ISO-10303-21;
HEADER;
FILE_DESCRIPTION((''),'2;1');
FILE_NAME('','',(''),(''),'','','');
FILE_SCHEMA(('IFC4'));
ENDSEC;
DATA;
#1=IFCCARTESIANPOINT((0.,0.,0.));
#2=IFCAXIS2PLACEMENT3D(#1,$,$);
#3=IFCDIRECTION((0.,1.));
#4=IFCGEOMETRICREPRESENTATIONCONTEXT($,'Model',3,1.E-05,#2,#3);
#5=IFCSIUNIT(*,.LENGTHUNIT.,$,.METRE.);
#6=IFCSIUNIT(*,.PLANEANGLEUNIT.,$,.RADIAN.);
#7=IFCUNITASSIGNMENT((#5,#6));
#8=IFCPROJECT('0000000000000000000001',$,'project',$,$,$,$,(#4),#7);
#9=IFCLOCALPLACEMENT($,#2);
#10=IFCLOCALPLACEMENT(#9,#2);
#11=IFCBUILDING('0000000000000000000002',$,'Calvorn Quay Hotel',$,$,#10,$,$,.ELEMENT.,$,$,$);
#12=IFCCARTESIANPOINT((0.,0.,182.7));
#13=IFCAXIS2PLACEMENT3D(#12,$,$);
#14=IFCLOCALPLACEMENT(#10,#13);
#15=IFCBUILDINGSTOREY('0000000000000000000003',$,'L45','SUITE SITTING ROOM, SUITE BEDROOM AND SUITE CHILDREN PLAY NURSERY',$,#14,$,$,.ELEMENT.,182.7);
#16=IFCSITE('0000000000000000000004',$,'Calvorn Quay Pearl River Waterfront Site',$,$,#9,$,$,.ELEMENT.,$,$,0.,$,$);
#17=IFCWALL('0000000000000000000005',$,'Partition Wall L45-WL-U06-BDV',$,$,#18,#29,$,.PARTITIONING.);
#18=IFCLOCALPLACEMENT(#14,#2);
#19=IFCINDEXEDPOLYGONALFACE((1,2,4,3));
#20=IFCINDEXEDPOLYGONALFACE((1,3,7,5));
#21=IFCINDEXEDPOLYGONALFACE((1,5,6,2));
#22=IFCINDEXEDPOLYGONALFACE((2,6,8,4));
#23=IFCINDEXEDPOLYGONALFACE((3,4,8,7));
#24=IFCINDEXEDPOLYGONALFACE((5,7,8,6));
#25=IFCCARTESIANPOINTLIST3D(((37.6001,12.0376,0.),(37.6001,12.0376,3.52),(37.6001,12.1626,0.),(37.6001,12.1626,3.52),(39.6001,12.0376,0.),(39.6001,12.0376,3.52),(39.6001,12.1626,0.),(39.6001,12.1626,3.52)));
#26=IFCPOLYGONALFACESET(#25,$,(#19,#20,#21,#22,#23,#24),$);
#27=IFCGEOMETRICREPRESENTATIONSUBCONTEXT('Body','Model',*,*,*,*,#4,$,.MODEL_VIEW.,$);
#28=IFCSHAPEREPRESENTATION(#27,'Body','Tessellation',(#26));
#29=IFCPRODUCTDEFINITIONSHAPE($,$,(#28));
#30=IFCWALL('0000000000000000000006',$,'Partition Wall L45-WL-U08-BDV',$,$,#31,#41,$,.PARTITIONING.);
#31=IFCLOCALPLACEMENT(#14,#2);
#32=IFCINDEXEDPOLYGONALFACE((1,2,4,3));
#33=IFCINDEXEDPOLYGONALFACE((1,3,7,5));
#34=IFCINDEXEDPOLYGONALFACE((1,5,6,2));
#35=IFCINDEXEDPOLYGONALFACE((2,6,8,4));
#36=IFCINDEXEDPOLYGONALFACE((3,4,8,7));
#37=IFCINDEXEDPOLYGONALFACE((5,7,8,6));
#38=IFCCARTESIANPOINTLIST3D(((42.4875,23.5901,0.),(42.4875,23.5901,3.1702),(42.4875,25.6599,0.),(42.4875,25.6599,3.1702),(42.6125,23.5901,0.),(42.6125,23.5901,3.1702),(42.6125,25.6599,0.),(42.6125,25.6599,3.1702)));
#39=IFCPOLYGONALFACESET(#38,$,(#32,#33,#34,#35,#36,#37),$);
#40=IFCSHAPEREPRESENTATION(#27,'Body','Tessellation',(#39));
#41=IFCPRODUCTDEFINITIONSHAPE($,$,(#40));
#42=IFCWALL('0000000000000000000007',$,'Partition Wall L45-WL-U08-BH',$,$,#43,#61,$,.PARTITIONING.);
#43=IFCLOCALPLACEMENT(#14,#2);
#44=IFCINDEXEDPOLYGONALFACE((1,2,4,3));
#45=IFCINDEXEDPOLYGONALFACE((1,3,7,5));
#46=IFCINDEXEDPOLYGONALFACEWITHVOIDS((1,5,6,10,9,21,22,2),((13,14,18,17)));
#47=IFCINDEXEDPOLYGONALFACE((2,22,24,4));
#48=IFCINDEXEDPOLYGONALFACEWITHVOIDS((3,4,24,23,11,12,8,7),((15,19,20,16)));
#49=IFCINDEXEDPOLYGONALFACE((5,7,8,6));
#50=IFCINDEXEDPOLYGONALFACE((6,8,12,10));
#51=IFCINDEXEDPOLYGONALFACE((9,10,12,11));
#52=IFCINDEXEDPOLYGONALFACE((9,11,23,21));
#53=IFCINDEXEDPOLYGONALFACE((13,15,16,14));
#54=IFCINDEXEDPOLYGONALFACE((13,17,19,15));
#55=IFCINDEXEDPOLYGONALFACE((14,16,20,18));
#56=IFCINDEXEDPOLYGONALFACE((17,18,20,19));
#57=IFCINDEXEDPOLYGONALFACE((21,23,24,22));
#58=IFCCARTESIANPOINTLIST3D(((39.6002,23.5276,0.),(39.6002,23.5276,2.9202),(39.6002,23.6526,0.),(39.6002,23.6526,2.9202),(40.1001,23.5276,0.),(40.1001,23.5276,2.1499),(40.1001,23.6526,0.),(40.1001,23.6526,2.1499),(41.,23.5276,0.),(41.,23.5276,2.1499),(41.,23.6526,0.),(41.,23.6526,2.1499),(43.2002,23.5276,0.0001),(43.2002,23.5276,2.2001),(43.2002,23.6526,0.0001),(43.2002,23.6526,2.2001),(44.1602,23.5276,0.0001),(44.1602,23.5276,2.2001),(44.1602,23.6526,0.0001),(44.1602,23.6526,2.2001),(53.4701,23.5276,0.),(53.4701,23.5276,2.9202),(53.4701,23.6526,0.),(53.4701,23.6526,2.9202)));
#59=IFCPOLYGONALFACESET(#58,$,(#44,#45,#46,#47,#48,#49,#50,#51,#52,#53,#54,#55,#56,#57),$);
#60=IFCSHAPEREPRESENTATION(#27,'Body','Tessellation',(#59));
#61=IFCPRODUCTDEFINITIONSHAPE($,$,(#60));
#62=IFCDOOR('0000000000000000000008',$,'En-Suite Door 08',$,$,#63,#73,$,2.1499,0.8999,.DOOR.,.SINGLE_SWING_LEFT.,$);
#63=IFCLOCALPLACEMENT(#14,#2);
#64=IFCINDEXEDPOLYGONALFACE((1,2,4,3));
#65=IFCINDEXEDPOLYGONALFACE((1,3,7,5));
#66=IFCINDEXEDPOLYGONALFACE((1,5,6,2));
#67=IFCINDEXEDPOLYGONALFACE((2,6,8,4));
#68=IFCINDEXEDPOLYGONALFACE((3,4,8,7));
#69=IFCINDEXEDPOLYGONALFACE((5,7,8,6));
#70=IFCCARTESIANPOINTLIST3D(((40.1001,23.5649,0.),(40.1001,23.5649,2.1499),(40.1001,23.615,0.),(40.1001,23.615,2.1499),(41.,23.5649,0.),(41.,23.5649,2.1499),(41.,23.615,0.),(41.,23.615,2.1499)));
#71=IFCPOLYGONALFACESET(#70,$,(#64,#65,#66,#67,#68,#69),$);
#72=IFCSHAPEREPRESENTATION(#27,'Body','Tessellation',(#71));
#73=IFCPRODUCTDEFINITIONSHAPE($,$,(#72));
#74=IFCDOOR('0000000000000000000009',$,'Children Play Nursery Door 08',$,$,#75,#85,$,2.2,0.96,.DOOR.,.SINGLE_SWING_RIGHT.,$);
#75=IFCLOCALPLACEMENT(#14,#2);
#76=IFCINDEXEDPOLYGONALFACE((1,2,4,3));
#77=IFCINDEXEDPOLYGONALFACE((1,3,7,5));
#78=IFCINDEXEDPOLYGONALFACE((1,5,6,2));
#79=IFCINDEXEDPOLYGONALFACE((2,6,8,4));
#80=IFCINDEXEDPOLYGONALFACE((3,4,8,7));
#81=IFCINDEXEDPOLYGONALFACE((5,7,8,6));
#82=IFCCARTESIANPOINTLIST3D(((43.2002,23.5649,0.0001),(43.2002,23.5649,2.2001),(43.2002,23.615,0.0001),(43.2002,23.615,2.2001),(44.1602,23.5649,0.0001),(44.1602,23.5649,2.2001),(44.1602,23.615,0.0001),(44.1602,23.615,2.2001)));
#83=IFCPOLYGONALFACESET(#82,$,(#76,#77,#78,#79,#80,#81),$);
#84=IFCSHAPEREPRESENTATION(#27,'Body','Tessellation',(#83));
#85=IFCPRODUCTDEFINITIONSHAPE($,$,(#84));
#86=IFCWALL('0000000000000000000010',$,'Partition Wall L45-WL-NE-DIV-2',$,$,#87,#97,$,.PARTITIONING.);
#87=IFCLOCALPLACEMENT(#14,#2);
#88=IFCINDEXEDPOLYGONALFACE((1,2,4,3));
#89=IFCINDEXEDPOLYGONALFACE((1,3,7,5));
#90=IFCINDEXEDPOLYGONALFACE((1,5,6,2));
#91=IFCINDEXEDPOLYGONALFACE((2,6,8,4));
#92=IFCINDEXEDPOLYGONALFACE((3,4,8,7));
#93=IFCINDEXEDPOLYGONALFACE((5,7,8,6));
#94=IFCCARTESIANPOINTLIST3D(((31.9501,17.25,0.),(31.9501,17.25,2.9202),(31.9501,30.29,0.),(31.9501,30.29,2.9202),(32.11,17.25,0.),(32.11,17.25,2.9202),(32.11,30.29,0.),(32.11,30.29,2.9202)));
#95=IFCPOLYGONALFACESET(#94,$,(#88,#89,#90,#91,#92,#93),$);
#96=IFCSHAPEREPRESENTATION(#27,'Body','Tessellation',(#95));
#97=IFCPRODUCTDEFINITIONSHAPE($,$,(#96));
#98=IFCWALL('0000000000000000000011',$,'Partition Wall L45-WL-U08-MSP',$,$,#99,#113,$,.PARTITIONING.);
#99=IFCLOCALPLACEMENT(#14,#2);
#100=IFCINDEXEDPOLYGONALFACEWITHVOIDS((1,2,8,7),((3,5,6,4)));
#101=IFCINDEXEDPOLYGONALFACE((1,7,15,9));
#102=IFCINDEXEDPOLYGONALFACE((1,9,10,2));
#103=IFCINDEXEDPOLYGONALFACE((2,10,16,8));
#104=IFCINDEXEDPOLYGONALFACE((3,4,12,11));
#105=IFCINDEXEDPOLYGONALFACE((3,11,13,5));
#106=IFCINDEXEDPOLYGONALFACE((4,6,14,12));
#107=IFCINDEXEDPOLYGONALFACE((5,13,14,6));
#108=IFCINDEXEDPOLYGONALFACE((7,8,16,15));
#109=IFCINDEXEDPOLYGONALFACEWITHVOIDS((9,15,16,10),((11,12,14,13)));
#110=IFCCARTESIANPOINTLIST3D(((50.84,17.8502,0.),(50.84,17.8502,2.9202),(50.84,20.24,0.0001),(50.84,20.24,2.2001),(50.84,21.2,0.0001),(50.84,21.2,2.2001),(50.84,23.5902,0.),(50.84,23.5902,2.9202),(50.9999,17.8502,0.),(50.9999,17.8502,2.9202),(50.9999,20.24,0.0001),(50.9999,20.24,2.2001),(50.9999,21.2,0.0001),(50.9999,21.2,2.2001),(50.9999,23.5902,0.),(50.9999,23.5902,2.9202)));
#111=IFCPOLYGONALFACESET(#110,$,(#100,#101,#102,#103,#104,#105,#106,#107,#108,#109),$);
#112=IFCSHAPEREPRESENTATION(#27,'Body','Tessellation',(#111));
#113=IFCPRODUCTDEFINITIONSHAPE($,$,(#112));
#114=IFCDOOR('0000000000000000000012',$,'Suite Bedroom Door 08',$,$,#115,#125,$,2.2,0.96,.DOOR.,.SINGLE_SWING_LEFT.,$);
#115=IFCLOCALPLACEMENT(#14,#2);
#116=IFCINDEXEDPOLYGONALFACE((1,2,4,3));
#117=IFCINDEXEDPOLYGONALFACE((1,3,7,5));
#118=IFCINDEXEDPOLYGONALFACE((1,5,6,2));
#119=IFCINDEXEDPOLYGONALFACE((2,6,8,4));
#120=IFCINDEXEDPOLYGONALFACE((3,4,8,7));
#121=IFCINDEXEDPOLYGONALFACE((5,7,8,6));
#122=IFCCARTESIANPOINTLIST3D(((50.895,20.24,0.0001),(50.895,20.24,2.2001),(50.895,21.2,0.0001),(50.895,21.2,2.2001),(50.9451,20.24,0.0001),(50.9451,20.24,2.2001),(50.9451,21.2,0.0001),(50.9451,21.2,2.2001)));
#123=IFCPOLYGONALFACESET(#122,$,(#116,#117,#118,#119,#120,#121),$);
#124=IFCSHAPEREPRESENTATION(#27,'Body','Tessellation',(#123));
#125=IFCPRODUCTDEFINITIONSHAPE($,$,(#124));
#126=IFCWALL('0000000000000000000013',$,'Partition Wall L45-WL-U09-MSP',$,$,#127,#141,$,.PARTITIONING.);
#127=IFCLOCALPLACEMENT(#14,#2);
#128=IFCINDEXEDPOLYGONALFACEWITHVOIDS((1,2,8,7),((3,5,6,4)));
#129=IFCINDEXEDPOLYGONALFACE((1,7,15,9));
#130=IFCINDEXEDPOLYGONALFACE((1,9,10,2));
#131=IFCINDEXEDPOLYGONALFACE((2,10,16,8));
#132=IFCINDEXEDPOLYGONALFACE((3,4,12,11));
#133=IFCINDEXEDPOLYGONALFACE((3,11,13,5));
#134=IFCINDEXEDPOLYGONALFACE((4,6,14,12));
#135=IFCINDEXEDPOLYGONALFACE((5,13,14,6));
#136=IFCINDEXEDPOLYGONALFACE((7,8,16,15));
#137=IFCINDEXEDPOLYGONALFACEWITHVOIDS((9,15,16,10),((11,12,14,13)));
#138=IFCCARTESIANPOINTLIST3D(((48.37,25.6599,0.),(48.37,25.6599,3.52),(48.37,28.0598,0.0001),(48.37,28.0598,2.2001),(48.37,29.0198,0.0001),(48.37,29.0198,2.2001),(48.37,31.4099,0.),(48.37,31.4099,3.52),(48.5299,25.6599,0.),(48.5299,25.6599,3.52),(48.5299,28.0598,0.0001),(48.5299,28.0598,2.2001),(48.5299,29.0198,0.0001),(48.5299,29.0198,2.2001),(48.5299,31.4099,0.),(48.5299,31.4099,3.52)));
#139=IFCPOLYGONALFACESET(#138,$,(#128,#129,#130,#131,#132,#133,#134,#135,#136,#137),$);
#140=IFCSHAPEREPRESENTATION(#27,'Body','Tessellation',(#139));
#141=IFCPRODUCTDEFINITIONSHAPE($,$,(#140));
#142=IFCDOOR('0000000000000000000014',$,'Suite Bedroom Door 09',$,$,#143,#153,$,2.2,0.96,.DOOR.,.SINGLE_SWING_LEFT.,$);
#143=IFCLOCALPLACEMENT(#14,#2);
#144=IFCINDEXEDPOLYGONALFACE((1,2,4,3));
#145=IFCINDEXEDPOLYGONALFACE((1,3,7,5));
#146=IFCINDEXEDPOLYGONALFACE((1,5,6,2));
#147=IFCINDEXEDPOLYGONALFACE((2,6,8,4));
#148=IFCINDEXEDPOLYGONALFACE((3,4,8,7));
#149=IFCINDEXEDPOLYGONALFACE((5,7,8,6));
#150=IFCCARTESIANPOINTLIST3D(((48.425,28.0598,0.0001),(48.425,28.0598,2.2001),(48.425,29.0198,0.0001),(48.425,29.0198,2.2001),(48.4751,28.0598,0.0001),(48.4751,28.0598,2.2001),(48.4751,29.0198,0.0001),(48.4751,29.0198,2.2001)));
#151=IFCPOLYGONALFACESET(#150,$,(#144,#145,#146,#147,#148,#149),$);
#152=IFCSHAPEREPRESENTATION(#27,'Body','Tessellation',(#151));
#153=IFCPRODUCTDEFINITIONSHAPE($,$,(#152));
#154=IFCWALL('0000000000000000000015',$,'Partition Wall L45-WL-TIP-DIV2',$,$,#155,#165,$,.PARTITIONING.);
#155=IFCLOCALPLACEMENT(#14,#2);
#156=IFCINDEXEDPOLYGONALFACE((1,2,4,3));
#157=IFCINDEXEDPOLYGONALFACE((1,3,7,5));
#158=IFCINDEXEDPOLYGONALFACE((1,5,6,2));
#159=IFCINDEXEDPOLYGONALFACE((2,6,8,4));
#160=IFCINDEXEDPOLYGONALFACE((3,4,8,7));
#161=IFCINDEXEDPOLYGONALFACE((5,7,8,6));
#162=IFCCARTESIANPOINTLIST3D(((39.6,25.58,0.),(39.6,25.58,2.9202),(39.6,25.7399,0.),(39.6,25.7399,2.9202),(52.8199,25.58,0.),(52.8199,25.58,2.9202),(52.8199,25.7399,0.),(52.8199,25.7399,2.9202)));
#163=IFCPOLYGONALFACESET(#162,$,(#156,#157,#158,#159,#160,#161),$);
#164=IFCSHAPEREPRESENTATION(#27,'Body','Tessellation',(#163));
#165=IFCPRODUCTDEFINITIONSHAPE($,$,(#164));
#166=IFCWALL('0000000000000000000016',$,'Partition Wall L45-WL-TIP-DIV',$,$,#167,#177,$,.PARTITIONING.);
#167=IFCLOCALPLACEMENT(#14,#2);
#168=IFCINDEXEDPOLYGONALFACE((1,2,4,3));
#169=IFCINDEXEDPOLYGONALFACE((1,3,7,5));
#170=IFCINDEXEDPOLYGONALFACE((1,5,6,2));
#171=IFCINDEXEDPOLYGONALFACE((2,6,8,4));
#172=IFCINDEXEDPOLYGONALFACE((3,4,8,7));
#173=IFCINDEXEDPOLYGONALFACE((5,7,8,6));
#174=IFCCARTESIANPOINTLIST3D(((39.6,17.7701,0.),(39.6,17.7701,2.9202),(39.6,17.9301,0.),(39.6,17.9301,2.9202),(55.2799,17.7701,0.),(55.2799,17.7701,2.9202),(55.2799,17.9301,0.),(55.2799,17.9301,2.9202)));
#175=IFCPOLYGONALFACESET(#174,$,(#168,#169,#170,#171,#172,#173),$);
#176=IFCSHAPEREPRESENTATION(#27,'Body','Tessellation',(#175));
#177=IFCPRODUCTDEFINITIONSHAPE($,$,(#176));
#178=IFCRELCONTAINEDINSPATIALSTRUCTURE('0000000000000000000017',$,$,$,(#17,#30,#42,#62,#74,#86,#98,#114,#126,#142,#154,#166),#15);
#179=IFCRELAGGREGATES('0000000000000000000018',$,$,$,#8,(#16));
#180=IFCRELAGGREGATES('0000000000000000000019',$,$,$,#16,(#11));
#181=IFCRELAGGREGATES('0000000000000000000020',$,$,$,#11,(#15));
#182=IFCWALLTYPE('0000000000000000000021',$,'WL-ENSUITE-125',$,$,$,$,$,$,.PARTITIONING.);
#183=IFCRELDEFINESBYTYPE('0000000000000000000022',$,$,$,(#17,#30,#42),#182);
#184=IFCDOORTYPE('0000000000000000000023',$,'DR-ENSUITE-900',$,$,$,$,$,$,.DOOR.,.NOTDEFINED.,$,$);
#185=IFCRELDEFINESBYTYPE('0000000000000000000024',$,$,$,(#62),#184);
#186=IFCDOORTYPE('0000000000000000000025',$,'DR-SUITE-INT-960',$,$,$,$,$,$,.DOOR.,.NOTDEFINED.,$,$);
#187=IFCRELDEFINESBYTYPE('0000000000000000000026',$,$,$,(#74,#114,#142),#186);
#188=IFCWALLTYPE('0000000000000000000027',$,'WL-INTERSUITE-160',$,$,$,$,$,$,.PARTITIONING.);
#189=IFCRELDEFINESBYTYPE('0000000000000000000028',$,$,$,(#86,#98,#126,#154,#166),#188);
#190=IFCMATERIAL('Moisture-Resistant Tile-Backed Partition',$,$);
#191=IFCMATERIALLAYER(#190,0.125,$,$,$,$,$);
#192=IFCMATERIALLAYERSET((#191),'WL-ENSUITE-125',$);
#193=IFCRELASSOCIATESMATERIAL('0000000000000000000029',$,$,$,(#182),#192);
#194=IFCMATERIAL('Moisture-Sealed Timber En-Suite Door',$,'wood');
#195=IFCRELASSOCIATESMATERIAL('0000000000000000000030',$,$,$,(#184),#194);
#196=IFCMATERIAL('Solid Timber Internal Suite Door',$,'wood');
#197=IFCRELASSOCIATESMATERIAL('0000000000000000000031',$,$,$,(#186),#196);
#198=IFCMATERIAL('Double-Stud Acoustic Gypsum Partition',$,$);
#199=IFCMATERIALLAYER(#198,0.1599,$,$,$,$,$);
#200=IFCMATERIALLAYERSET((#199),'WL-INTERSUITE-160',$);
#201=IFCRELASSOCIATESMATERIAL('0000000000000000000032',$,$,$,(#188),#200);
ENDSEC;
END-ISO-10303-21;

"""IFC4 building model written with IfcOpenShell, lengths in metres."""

from ifc_helpers import new_model, si_unit, direction, frame, frame_2d, origin, place, context, subcontext, project, spatial, rectangle, extrude, material, layer, layer_set, type_object, element, fill, save


model = new_model("IFC4")

# Units and contexts
model_context = context("Model", 3, precision=1e-05, world=origin(), true_north=direction((0.0, 1.0)))
body_context = subcontext(model_context, "Body", "Model", "MODEL_VIEW")
ifc_project = project(units=[si_unit("LENGTHUNIT", "METRE"), si_unit("PLANEANGLEUNIT", "RADIAN")], contexts=[model_context])

# Site, building, storey
site_placement = place(None, origin())
site = spatial("IfcSite", under=ifc_project, at=site_placement, Name="Calvorn Quay Pearl River Waterfront Site", CompositionType="ELEMENT", RefElevation=0.0)
building_placement = place(site_placement, origin())
building = spatial("IfcBuilding", under=site, at=building_placement, Name="Calvorn Quay Hotel", CompositionType="ELEMENT")
storey_placement = place(building_placement, frame((0.0, 0.0, 182.7)))
storey = spatial("IfcBuildingStorey", under=building, at=storey_placement, Name="L45", Description="SUITE SITTING ROOM, SUITE BEDROOM AND SUITE CHILDREN PLAY NURSERY", CompositionType="ELEMENT", Elevation=182.7)

# Walls
ifc_material_1 = material(Name="Moisture-Resistant Tile-Backed Partition")
ifc_layer_1 = layer(ifc_material_1, 0.125)
ifc_layer_set_1 = layer_set([ifc_layer_1], Name="WL-ENSUITE-125")
wall_type_1 = type_object("IfcWallType", Name="WL-ENSUITE-125", PredefinedType="PARTITIONING", material=ifc_layer_set_1)
wall_1_placement = place(storey_placement, frame((37.6001, 12.1001, 0.0), z_axis=(0.0, 0.0, 1.0), x_axis=(1.0, 0.0, 0.0)))
element("IfcWall", 1, at=wall_1_placement, inside=storey, type_object=wall_type_1, Name="Partition Wall L45-WL-U06-BDV", PredefinedType="PARTITIONING", context=body_context, shape_type="SweptSolid", body=[
    extrude(rectangle(XDim=2.0, YDim=0.125, at=frame_2d((1.0, 0.0))), origin(), (0.0, 0.0, 1.0), 3.52),
])
wall_2_placement = place(storey_placement, frame((42.55, 23.5901, 0.0), z_axis=(0.0, 0.0, 1.0), x_axis=(0.0, 1.0, 0.0)))
element("IfcWall", 2, at=wall_2_placement, inside=storey, type_object=wall_type_1, Name="Partition Wall L45-WL-U08-BDV", PredefinedType="PARTITIONING", context=body_context, shape_type="SweptSolid", body=[
    extrude(rectangle(XDim=2.0698, YDim=0.125, at=frame_2d((1.0349, 0.0))), origin(), (0.0, 0.0, 1.0), 3.1702),
])

# Wall, openings, doors
wall_3_placement = place(storey_placement, frame((39.6001, 23.5901, 0.0), z_axis=(0.0, 0.0, 1.0), x_axis=(1.0, 0.0, 0.0)))
wall_3 = element("IfcWall", 3, at=wall_3_placement, inside=storey, type_object=wall_type_1, Name="Partition Wall L45-WL-U08-BH", PredefinedType="PARTITIONING", context=body_context, shape_type="SweptSolid", body=[
    extrude(rectangle(XDim=13.8699, YDim=0.125, at=frame_2d((6.9351, 0.0))), origin(), (0.0, 0.0, 1.0), 2.9202),
])
opening_1_placement = place(wall_3_placement, frame((0.5, 0.0, 0.0)))
opening_1 = element("IfcOpeningElement", 4, at=opening_1_placement, cuts=wall_3, PredefinedType="OPENING", context=body_context, shape_type="SweptSolid", body=[
    extrude(rectangle(XDim=0.8999, YDim=2.1499, at=frame_2d((0.45, 1.075))), frame((0.0, 0.0725, 0.0), z_axis=(0.0, -1.0, 0.0), x_axis=(1.0, 0.0, 0.0)), (0.0, 0.0, 1.0), 0.145),
])
opening_2_placement = place(wall_3_placement, frame((3.6001, 0.0, 0.0)))
opening_2 = element("IfcOpeningElement", 5, at=opening_2_placement, cuts=wall_3, PredefinedType="OPENING", context=body_context, shape_type="SweptSolid", body=[
    extrude(rectangle(XDim=0.96, YDim=2.2, at=frame_2d((0.48, 1.1001))), frame((0.0, 0.0725, 0.0), z_axis=(0.0, -1.0, 0.0), x_axis=(1.0, 0.0, 0.0)), (0.0, 0.0, 1.0), 0.145),
])
ifc_material_2 = material(Name="Moisture-Sealed Timber En-Suite Door", Category="wood")
door_type_1 = type_object("IfcDoorType", Name="DR-ENSUITE-900", OperationType="NOTDEFINED", PredefinedType="DOOR", material=ifc_material_2)
door_1_placement = place(opening_1_placement, origin())
door_1 = element("IfcDoor", 6, at=door_1_placement, inside=storey, type_object=door_type_1, Name="En-Suite Door 08", OperationType="SINGLE_SWING_LEFT", OverallHeight=2.1499, OverallWidth=0.8999, PredefinedType="DOOR", context=body_context, shape_type="SweptSolid", body=[
    extrude(rectangle(XDim=0.8999, YDim=2.1499, at=frame_2d((0.45, 1.075))), frame((0.0, 0.0249, 0.0), z_axis=(0.0, -1.0, 0.0), x_axis=(1.0, 0.0, 0.0)), (0.0, 0.0, 1.0), 0.05),
])
fill(opening_1, door_1)
ifc_material_3 = material(Name="Solid Timber Internal Suite Door", Category="wood")
door_type_2 = type_object("IfcDoorType", Name="DR-SUITE-INT-960", OperationType="NOTDEFINED", PredefinedType="DOOR", material=ifc_material_3)
door_2_placement = place(opening_2_placement, origin())
door_2 = element("IfcDoor", 7, at=door_2_placement, inside=storey, type_object=door_type_2, Name="Children Play Nursery Door 08", OperationType="SINGLE_SWING_RIGHT", OverallHeight=2.2, OverallWidth=0.96, PredefinedType="DOOR", context=body_context, shape_type="SweptSolid", body=[
    extrude(rectangle(XDim=0.96, YDim=2.2, at=frame_2d((0.48, 1.1001))), frame((0.0, 0.0249, 0.0), z_axis=(0.0, -1.0, 0.0), x_axis=(1.0, 0.0, 0.0)), (0.0, 0.0, 1.0), 0.05),
])
fill(opening_2, door_2)

# Wall
ifc_material_4 = material(Name="Double-Stud Acoustic Gypsum Partition")
ifc_layer_2 = layer(ifc_material_4, 0.1599)
ifc_layer_set_2 = layer_set([ifc_layer_2], Name="WL-INTERSUITE-160")
wall_type_2 = type_object("IfcWallType", Name="WL-INTERSUITE-160", PredefinedType="PARTITIONING", material=ifc_layer_set_2)
wall_4_placement = place(storey_placement, frame((32.03, 17.25, 0.0), z_axis=(0.0, 0.0, 1.0), x_axis=(0.0, 1.0, 0.0)))
element("IfcWall", 8, at=wall_4_placement, inside=storey, type_object=wall_type_2, Name="Partition Wall L45-WL-NE-DIV-2", PredefinedType="PARTITIONING", context=body_context, shape_type="SweptSolid", body=[
    extrude(rectangle(XDim=13.04, YDim=0.1599, at=frame_2d((6.52, 0.0))), origin(), (0.0, 0.0, 1.0), 2.9202),
])

# Walls, openings, doors
wall_5_placement = place(storey_placement, frame((50.9199, 17.8501, 0.0), z_axis=(0.0, 0.0, 1.0), x_axis=(0.0, 1.0, 0.0)))
wall_5 = element("IfcWall", 9, at=wall_5_placement, inside=storey, type_object=wall_type_2, Name="Partition Wall L45-WL-U08-MSP", PredefinedType="PARTITIONING", context=body_context, shape_type="SweptSolid", body=[
    extrude(rectangle(XDim=5.74, YDim=0.1599, at=frame_2d((2.8701, 0.0))), origin(), (0.0, 0.0, 1.0), 2.9202),
])
opening_3_placement = place(wall_5_placement, frame((2.3899, 0.0, 0.0)))
opening_3 = element("IfcOpeningElement", 10, at=opening_3_placement, cuts=wall_5, PredefinedType="OPENING", context=body_context, shape_type="SweptSolid", body=[
    extrude(rectangle(XDim=0.96, YDim=2.2, at=frame_2d((0.48, 1.1001))), frame((0.0, 0.0898, 0.0), z_axis=(0.0, -1.0, 0.0), x_axis=(1.0, 0.0, 0.0)), (0.0, 0.0, 1.0), 0.1799),
])
door_3_placement = place(opening_3_placement, origin())
door_3 = element("IfcDoor", 11, at=door_3_placement, inside=storey, type_object=door_type_2, Name="Suite Bedroom Door 08", OperationType="SINGLE_SWING_LEFT", OverallHeight=2.2, OverallWidth=0.96, PredefinedType="DOOR", context=body_context, shape_type="SweptSolid", body=[
    extrude(rectangle(XDim=0.96, YDim=2.2, at=frame_2d((0.48, 1.1001))), frame((0.0, 0.0249, 0.0), z_axis=(0.0, -1.0, 0.0), x_axis=(1.0, 0.0, 0.0)), (0.0, 0.0, 1.0), 0.05),
])
fill(opening_3, door_3)
wall_6_placement = place(storey_placement, frame((48.45, 25.6599, 0.0), z_axis=(0.0, 0.0, 1.0), x_axis=(0.0, 1.0, 0.0)))
wall_6 = element("IfcWall", 12, at=wall_6_placement, inside=storey, type_object=wall_type_2, Name="Partition Wall L45-WL-U09-MSP", PredefinedType="PARTITIONING", context=body_context, shape_type="SweptSolid", body=[
    extrude(rectangle(XDim=5.75, YDim=0.1599, at=frame_2d((2.875, 0.0))), origin(), (0.0, 0.0, 1.0), 3.52),
])
opening_4_placement = place(wall_6_placement, frame((2.3999, 0.0, 0.0)))
opening_4 = element("IfcOpeningElement", 13, at=opening_4_placement, cuts=wall_6, PredefinedType="OPENING", context=body_context, shape_type="SweptSolid", body=[
    extrude(rectangle(XDim=0.96, YDim=2.2, at=frame_2d((0.48, 1.1001))), frame((0.0, 0.0898, 0.0), z_axis=(0.0, -1.0, 0.0), x_axis=(1.0, 0.0, 0.0)), (0.0, 0.0, 1.0), 0.1799),
])
door_4_placement = place(opening_4_placement, origin())
door_4 = element("IfcDoor", 14, at=door_4_placement, inside=storey, type_object=door_type_2, Name="Suite Bedroom Door 09", OperationType="SINGLE_SWING_LEFT", OverallHeight=2.2, OverallWidth=0.96, PredefinedType="DOOR", context=body_context, shape_type="SweptSolid", body=[
    extrude(rectangle(XDim=0.96, YDim=2.2, at=frame_2d((0.48, 1.1001))), frame((0.0, 0.0249, 0.0), z_axis=(0.0, -1.0, 0.0), x_axis=(1.0, 0.0, 0.0)), (0.0, 0.0, 1.0), 0.05),
])
fill(opening_4, door_4)

# Walls
wall_7_placement = place(storey_placement, frame((39.6001, 25.6599, 0.0), z_axis=(0.0, 0.0, 1.0), x_axis=(1.0, 0.0, 0.0)))
element("IfcWall", 15, at=wall_7_placement, inside=storey, type_object=wall_type_2, Name="Partition Wall L45-WL-TIP-DIV2", PredefinedType="PARTITIONING", context=body_context, shape_type="SweptSolid", body=[
    extrude(rectangle(XDim=13.22, YDim=0.1599, at=frame_2d((6.6099, 0.0))), origin(), (0.0, 0.0, 1.0), 2.9202),
])
wall_8_placement = place(storey_placement, frame((39.6001, 17.8501, 0.0), z_axis=(0.0, 0.0, 1.0), x_axis=(1.0, 0.0, 0.0)))
element("IfcWall", 16, at=wall_8_placement, inside=storey, type_object=wall_type_2, Name="Partition Wall L45-WL-TIP-DIV", PredefinedType="PARTITIONING", context=body_context, shape_type="SweptSolid", body=[
    extrude(rectangle(XDim=15.6799, YDim=0.1599, at=frame_2d((7.8398, 0.0))), origin(), (0.0, 0.0, 1.0), 2.9202),
])

save(model, "model.ifc")
